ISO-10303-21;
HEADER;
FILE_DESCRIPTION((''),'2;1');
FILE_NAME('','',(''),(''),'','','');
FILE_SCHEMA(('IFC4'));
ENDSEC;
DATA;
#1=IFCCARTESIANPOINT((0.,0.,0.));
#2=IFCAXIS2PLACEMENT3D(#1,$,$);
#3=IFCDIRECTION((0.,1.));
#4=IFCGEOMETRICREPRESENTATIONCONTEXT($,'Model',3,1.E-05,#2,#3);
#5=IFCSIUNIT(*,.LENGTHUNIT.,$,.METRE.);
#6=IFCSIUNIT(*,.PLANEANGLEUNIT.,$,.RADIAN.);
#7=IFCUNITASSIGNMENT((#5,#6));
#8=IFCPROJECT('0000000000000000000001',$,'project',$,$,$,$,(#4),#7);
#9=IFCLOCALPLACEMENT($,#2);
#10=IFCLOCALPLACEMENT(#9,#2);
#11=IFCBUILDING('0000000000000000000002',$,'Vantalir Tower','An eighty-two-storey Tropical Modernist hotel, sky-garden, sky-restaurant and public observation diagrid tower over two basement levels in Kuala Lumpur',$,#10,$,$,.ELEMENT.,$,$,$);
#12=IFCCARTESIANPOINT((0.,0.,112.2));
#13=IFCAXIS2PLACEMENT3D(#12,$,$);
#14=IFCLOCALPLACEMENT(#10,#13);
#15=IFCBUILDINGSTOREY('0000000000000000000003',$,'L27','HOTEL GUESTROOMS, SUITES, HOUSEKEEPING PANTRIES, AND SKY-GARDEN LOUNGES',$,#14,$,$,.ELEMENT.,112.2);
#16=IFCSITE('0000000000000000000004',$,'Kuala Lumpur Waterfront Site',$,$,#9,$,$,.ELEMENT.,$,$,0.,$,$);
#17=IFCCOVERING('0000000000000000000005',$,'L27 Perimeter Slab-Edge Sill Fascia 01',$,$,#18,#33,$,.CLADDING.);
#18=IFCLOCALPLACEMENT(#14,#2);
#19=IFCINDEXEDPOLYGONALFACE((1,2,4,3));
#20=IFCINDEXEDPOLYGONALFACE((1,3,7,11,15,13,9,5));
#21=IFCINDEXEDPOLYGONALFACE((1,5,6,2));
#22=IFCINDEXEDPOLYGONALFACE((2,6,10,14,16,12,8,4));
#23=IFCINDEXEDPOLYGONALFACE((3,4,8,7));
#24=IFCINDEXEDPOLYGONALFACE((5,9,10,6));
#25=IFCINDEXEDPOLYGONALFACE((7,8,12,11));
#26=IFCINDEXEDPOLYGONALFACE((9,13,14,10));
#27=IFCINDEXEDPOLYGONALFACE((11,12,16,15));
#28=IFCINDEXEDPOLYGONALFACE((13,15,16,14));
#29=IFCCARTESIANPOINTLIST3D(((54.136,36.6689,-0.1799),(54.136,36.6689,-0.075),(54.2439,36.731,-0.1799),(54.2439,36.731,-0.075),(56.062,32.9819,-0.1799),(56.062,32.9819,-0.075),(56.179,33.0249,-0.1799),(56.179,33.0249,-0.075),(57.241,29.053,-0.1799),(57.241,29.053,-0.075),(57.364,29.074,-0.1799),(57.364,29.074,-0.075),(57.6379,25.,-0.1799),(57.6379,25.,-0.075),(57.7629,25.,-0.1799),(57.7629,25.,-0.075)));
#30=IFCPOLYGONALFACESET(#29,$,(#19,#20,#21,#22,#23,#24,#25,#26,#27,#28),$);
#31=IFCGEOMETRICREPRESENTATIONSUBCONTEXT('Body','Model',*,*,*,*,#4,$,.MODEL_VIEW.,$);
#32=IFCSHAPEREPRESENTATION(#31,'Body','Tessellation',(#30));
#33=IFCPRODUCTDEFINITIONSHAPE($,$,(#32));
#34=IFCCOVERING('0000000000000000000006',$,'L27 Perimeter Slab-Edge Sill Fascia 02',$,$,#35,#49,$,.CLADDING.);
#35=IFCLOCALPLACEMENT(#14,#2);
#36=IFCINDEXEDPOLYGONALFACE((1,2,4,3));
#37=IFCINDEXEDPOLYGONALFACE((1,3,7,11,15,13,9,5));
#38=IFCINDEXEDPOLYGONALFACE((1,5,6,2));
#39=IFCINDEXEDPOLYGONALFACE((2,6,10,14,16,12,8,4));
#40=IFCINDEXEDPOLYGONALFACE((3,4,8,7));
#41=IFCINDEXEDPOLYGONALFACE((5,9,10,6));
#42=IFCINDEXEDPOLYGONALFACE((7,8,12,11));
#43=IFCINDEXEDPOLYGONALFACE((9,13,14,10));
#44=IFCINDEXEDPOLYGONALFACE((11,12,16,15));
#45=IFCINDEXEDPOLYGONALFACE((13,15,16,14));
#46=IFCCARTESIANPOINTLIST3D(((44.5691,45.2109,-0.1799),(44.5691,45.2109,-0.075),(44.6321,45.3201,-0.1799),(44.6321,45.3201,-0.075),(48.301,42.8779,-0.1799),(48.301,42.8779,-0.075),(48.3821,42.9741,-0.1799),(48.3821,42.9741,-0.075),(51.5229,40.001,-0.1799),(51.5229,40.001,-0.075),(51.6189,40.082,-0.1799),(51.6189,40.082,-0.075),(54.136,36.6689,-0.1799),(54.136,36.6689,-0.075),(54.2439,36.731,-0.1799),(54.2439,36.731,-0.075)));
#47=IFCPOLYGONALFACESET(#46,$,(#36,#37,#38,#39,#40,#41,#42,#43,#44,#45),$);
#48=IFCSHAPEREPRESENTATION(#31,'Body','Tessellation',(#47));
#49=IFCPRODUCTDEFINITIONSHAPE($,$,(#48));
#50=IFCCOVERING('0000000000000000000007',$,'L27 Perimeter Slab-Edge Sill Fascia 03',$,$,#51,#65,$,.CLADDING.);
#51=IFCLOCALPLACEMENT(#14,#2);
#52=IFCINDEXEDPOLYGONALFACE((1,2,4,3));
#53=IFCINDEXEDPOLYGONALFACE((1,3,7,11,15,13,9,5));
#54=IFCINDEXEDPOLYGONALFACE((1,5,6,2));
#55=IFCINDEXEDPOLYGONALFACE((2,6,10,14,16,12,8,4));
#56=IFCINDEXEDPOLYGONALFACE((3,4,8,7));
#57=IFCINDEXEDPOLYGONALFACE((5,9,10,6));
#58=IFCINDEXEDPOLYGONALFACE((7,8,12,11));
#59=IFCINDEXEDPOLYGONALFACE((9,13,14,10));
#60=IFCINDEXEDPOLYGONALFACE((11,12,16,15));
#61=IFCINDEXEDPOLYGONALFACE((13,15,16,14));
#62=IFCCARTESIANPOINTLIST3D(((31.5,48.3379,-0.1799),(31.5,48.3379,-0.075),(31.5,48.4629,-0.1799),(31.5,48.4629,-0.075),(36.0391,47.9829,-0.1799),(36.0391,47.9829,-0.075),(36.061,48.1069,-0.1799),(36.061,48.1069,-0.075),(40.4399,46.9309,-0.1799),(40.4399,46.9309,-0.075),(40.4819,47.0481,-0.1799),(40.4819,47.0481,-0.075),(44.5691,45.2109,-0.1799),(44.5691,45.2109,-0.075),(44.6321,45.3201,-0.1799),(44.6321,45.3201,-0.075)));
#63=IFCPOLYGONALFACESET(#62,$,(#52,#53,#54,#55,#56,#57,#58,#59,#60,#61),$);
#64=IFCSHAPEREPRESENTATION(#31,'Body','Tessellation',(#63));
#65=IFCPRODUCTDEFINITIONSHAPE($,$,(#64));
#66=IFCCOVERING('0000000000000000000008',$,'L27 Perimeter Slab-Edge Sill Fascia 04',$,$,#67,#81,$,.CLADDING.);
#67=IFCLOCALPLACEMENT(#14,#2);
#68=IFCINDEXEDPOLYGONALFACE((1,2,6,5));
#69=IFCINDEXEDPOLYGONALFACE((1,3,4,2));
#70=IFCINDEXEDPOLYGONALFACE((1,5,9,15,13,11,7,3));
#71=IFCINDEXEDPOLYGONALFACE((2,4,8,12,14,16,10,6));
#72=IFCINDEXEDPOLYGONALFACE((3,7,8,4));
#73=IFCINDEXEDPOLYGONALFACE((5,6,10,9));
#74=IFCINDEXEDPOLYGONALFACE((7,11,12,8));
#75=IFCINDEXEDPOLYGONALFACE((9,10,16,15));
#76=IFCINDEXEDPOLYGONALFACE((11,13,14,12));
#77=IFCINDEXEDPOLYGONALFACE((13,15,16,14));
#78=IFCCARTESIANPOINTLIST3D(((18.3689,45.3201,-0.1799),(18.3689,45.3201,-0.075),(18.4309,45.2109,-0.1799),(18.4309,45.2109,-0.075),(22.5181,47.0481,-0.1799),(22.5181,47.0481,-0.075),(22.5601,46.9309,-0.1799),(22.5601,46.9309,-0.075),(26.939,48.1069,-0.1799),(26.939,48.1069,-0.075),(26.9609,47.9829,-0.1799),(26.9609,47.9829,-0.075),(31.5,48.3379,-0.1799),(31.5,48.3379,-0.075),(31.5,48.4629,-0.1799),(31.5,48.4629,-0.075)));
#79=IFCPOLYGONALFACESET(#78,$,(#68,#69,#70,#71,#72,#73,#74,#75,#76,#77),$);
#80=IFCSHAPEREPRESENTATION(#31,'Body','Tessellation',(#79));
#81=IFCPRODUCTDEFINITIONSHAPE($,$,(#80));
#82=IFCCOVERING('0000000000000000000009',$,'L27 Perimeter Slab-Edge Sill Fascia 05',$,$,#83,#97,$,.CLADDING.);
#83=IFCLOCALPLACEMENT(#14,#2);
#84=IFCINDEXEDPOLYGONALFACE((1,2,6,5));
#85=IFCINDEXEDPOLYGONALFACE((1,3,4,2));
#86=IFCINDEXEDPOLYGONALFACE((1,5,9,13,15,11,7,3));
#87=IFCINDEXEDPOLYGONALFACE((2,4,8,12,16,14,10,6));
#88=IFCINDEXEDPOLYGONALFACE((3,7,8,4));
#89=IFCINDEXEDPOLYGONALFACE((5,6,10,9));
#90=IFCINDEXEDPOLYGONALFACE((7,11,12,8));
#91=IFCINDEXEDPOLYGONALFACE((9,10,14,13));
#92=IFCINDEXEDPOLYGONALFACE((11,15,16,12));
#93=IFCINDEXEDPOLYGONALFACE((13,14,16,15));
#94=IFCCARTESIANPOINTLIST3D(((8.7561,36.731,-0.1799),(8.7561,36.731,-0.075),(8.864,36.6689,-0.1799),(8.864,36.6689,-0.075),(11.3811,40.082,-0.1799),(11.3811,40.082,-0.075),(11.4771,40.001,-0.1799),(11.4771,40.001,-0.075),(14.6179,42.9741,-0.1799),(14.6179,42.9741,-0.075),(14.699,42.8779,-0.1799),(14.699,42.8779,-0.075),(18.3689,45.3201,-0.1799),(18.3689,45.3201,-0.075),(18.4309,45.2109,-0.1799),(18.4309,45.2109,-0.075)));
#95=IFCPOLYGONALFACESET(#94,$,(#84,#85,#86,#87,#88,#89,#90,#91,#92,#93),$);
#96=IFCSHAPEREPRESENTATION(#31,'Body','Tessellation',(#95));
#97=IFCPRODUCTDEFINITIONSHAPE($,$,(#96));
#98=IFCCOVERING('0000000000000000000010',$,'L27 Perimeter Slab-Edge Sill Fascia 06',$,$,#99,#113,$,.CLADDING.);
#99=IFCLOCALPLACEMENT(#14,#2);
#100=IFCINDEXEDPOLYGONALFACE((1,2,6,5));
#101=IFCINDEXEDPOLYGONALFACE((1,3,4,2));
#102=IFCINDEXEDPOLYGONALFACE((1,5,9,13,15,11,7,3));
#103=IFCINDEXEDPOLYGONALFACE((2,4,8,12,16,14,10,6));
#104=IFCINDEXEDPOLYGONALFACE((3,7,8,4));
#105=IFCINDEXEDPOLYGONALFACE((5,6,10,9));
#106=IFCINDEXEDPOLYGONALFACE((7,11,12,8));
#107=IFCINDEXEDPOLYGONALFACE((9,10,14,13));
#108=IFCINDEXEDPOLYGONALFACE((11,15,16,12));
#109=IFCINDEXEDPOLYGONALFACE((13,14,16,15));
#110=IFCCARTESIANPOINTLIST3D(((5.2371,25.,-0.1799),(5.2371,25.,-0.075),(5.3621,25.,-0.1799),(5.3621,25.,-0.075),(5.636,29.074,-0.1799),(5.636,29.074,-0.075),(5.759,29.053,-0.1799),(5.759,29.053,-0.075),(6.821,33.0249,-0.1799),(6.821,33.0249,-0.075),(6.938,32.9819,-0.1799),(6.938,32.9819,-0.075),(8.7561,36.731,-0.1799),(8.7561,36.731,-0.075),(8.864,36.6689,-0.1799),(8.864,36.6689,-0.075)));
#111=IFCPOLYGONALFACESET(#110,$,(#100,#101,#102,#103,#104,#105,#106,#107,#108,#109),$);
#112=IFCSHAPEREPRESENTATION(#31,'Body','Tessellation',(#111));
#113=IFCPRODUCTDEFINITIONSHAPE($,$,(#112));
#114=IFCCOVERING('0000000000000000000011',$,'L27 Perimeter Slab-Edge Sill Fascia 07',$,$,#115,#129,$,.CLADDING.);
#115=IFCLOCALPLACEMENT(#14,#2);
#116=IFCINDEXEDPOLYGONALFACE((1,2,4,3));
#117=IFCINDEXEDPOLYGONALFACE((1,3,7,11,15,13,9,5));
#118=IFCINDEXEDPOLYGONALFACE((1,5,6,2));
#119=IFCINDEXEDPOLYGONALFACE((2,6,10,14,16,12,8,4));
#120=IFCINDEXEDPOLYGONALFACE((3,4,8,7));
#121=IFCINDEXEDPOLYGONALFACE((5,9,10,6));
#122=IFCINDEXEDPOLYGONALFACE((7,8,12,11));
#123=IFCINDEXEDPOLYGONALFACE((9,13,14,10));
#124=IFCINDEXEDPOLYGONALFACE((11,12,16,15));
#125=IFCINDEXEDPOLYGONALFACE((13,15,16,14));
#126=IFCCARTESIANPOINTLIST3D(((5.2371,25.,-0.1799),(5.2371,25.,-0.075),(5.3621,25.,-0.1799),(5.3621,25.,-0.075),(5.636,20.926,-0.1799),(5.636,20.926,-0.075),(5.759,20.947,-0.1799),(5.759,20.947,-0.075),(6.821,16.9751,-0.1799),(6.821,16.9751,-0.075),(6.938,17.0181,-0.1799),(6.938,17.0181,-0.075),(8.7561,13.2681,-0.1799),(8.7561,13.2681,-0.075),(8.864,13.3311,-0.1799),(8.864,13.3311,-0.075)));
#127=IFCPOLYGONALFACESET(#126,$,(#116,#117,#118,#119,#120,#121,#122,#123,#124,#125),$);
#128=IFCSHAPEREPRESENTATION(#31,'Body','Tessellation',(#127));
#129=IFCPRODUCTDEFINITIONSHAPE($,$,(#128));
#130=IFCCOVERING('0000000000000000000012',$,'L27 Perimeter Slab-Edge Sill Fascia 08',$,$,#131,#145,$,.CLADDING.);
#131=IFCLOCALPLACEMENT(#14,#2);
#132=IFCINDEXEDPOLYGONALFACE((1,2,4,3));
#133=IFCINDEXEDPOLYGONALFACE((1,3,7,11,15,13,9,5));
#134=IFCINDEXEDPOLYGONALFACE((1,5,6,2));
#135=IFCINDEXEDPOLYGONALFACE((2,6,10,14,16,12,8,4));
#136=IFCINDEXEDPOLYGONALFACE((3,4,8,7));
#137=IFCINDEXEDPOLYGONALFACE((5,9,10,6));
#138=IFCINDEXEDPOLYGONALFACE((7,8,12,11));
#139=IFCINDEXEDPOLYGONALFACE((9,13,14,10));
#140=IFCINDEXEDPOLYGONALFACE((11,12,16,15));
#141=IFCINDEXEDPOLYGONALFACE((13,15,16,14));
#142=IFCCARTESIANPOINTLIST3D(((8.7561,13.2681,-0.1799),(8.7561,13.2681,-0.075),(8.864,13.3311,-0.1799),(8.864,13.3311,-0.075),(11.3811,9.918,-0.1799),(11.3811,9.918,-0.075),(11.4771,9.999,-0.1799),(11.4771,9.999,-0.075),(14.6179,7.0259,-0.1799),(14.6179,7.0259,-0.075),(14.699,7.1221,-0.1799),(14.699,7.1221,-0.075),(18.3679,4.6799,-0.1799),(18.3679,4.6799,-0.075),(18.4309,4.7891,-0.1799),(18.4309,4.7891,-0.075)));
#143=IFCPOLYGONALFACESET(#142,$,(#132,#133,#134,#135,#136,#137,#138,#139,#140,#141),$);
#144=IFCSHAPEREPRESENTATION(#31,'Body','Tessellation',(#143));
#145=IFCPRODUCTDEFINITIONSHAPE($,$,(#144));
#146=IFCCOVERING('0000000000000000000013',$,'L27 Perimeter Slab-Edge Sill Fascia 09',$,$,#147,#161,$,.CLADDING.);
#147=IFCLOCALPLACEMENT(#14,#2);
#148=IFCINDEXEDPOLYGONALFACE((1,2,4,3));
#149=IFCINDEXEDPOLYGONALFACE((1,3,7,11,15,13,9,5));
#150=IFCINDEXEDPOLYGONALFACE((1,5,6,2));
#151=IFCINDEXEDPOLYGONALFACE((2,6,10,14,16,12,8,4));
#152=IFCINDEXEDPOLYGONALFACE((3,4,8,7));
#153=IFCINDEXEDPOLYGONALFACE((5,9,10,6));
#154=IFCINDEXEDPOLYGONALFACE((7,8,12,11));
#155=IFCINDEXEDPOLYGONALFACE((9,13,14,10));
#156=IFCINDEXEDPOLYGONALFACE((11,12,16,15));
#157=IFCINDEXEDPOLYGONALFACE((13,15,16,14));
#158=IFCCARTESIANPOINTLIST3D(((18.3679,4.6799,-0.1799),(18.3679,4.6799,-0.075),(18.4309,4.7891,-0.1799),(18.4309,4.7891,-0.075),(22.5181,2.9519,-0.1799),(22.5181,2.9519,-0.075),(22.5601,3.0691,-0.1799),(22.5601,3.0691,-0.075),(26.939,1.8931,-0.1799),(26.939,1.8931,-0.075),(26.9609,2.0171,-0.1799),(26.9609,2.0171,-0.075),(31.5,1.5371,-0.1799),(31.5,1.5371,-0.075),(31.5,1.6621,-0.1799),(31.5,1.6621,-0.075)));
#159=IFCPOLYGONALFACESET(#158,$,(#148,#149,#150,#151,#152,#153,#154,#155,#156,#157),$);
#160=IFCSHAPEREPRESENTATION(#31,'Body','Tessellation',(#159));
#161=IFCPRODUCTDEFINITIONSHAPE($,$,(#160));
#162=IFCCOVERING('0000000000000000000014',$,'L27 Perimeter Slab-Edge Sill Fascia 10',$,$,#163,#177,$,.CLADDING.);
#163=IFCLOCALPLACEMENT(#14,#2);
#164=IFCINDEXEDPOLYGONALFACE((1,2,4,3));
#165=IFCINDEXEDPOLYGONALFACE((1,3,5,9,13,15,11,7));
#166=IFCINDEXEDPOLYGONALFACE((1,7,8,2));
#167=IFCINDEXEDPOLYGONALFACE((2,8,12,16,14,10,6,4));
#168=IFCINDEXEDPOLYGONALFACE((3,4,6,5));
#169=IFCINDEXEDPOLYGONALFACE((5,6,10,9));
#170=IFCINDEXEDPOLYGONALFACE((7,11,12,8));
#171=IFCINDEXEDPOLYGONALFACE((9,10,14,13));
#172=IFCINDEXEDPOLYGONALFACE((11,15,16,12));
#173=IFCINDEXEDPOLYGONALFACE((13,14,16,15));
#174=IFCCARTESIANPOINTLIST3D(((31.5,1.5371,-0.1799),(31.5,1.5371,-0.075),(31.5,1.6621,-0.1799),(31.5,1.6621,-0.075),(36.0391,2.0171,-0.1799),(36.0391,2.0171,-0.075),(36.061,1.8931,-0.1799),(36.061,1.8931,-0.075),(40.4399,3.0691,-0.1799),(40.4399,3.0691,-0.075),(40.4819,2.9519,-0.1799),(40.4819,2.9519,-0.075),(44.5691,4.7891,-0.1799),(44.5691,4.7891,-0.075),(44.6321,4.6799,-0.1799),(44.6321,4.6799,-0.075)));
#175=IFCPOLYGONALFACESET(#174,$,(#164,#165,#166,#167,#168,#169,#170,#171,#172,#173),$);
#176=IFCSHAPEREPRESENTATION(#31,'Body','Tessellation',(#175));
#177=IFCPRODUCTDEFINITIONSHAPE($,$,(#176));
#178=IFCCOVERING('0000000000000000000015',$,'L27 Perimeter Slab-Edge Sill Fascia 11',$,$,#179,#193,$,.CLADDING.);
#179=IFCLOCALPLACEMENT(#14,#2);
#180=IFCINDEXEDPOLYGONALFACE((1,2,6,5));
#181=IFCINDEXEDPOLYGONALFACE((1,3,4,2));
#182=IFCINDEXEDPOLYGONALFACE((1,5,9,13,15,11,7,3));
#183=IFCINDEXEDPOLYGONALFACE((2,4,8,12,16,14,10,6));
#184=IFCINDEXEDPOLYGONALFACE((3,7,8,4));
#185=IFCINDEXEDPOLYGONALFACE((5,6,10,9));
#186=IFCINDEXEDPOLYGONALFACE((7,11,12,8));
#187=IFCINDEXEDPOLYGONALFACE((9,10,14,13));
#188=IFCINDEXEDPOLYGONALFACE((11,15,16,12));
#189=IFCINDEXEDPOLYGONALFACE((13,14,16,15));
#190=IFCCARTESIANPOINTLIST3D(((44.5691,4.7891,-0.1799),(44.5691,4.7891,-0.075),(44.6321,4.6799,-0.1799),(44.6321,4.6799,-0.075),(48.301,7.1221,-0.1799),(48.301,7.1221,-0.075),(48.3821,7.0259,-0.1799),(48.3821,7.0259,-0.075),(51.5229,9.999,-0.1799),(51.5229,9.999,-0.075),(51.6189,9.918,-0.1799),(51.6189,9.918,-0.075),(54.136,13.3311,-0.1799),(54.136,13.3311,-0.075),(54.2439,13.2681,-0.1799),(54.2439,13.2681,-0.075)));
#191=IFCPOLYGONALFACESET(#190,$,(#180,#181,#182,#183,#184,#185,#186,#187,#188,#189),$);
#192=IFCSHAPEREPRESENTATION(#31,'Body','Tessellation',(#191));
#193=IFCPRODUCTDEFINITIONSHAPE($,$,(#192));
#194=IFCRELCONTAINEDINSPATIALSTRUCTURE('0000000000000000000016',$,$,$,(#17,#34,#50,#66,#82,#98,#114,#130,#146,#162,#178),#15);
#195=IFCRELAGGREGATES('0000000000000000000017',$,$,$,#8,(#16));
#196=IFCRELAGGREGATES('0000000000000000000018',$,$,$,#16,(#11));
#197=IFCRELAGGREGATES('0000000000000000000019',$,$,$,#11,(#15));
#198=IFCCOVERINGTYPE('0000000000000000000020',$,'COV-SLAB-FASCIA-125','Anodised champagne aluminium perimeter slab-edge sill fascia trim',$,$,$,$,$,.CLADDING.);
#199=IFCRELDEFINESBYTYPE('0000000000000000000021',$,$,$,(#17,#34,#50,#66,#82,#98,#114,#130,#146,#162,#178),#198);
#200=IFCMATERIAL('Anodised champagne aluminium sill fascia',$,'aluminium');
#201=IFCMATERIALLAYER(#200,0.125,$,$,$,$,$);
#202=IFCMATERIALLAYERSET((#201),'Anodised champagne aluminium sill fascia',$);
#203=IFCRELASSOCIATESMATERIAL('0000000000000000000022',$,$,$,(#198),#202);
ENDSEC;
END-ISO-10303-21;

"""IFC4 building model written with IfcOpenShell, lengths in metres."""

from ifc_helpers import new_model, si_unit, direction, frame, origin, place, context, subcontext, project, spatial, polyline, outline, extrude, material, layer, layer_set, type_object, element, save


model = new_model("IFC4")

# Units and contexts
model_context = context("Model", 3, precision=1e-05, world=origin(), true_north=direction((0.0, 1.0)))
body_context = subcontext(model_context, "Body", "Model", "MODEL_VIEW")
ifc_project = project(units=[si_unit("LENGTHUNIT", "METRE"), si_unit("PLANEANGLEUNIT", "RADIAN")], contexts=[model_context])

# Site, building, storey
site_placement = place(None, origin())
site = spatial("IfcSite", under=ifc_project, at=site_placement, Name="Kuala Lumpur Waterfront Site", CompositionType="ELEMENT", RefElevation=0.0)
building_placement = place(site_placement, origin())
building = spatial("IfcBuilding", under=site, at=building_placement, Name="Vantalir Tower", Description="An eighty-two-storey Tropical Modernist hotel, sky-garden, sky-restaurant and public observation diagrid tower over two basement levels in Kuala Lumpur", CompositionType="ELEMENT")
storey_placement = place(building_placement, frame((0.0, 0.0, 112.2)))
storey = spatial("IfcBuildingStorey", under=building, at=storey_placement, Name="L27", Description="HOTEL GUESTROOMS, SUITES, HOUSEKEEPING PANTRIES, AND SKY-GARDEN LOUNGES", CompositionType="ELEMENT", Elevation=112.2)

# Coverings
ifc_material_1 = material(Name="Anodised champagne aluminium sill fascia", Category="aluminium")
ifc_layer_1 = layer(ifc_material_1, 0.125)
ifc_layer_set_1 = layer_set([ifc_layer_1], Name="Anodised champagne aluminium sill fascia")
covering_type = type_object("IfcCoveringType", Name="COV-SLAB-FASCIA-125", Description="Anodised champagne aluminium perimeter slab-edge sill fascia trim", PredefinedType="CLADDING", material=ifc_layer_set_1)
covering_1_placement = place(storey_placement, frame((0.0, 0.0, -0.1799)))
element("IfcCovering", 1, at=covering_1_placement, inside=storey, type_object=covering_type, Name="L27 Perimeter Slab-Edge Sill Fascia 01", PredefinedType="CLADDING", context=body_context, shape_type="SweptSolid", body=[
    extrude(outline(polyline([(57.7629, 25.0), (57.364, 29.074), (56.179, 33.0249), (54.2439, 36.731), (54.136, 36.6689), (56.062, 32.9819), (57.241, 29.053), (57.6379, 25.0), (57.7629, 25.0)])), origin(), (0.0, 0.0, 1.0), 0.105),
])
covering_2_placement = place(storey_placement, frame((0.0, 0.0, -0.1799)))
element("IfcCovering", 2, at=covering_2_placement, inside=storey, type_object=covering_type, Name="L27 Perimeter Slab-Edge Sill Fascia 02", PredefinedType="CLADDING", context=body_context, shape_type="SweptSolid", body=[
    extrude(outline(polyline([(54.2439, 36.731), (51.6189, 40.082), (48.3821, 42.9741), (44.6321, 45.3201), (44.5691, 45.2109), (48.301, 42.8779), (51.5229, 40.001), (54.136, 36.6689), (54.2439, 36.731)])), origin(), (0.0, 0.0, 1.0), 0.105),
])
covering_3_placement = place(storey_placement, frame((0.0, 0.0, -0.1799)))
element("IfcCovering", 3, at=covering_3_placement, inside=storey, type_object=covering_type, Name="L27 Perimeter Slab-Edge Sill Fascia 03", PredefinedType="CLADDING", context=body_context, shape_type="SweptSolid", body=[
    extrude(outline(polyline([(44.6321, 45.3201), (40.4819, 47.0481), (36.061, 48.1069), (31.5, 48.4629), (31.5, 48.3379), (36.0391, 47.9829), (40.4399, 46.9309), (44.5691, 45.2109), (44.6321, 45.3201)])), origin(), (0.0, 0.0, 1.0), 0.105),
])
covering_4_placement = place(storey_placement, frame((0.0, 0.0, -0.1799)))
element("IfcCovering", 4, at=covering_4_placement, inside=storey, type_object=covering_type, Name="L27 Perimeter Slab-Edge Sill Fascia 04", PredefinedType="CLADDING", context=body_context, shape_type="SweptSolid", body=[
    extrude(outline(polyline([(31.5, 48.4629), (26.939, 48.1069), (22.5181, 47.0481), (18.3689, 45.3201), (18.4309, 45.2109), (22.5601, 46.9309), (26.9609, 47.9829), (31.5, 48.3379), (31.5, 48.4629)])), origin(), (0.0, 0.0, 1.0), 0.105),
])
covering_5_placement = place(storey_placement, frame((0.0, 0.0, -0.1799)))
element("IfcCovering", 5, at=covering_5_placement, inside=storey, type_object=covering_type, Name="L27 Perimeter Slab-Edge Sill Fascia 05", PredefinedType="CLADDING", context=body_context, shape_type="SweptSolid", body=[
    extrude(outline(polyline([(18.3689, 45.3201), (14.6179, 42.9741), (11.3811, 40.082), (8.7561, 36.731), (8.864, 36.6689), (11.4771, 40.001), (14.699, 42.8779), (18.4309, 45.2109), (18.3689, 45.3201)])), origin(), (0.0, 0.0, 1.0), 0.105),
])
covering_6_placement = place(storey_placement, frame((0.0, 0.0, -0.1799)))
element("IfcCovering", 6, at=covering_6_placement, inside=storey, type_object=covering_type, Name="L27 Perimeter Slab-Edge Sill Fascia 06", PredefinedType="CLADDING", context=body_context, shape_type="SweptSolid", body=[
    extrude(outline(polyline([(8.7561, 36.731), (6.821, 33.0249), (5.636, 29.074), (5.2371, 25.0), (5.3621, 25.0), (5.759, 29.053), (6.938, 32.9819), (8.864, 36.6689), (8.7561, 36.731)])), origin(), (0.0, 0.0, 1.0), 0.105),
])
covering_7_placement = place(storey_placement, frame((0.0, 0.0, -0.1799)))
element("IfcCovering", 7, at=covering_7_placement, inside=storey, type_object=covering_type, Name="L27 Perimeter Slab-Edge Sill Fascia 07", PredefinedType="CLADDING", context=body_context, shape_type="SweptSolid", body=[
    extrude(outline(polyline([(5.2371, 25.0), (5.636, 20.926), (6.821, 16.9751), (8.7561, 13.2681), (8.864, 13.3311), (6.938, 17.0181), (5.759, 20.947), (5.3621, 25.0), (5.2371, 25.0)])), origin(), (0.0, 0.0, 1.0), 0.105),
])
covering_8_placement = place(storey_placement, frame((0.0, 0.0, -0.1799)))
element("IfcCovering", 8, at=covering_8_placement, inside=storey, type_object=covering_type, Name="L27 Perimeter Slab-Edge Sill Fascia 08", PredefinedType="CLADDING", context=body_context, shape_type="SweptSolid", body=[
    extrude(outline(polyline([(8.7561, 13.2681), (11.3811, 9.918), (14.6179, 7.0259), (18.3679, 4.6799), (18.4309, 4.7891), (14.699, 7.1221), (11.4771, 9.999), (8.864, 13.3311), (8.7561, 13.2681)])), origin(), (0.0, 0.0, 1.0), 0.105),
])
covering_9_placement = place(storey_placement, frame((0.0, 0.0, -0.1799)))
element("IfcCovering", 9, at=covering_9_placement, inside=storey, type_object=covering_type, Name="L27 Perimeter Slab-Edge Sill Fascia 09", PredefinedType="CLADDING", context=body_context, shape_type="SweptSolid", body=[
    extrude(outline(polyline([(18.3679, 4.6799), (22.5181, 2.9519), (26.939, 1.8931), (31.5, 1.5371), (31.5, 1.6621), (26.9609, 2.0171), (22.5601, 3.0691), (18.4309, 4.7891), (18.3679, 4.6799)])), origin(), (0.0, 0.0, 1.0), 0.105),
])
covering_10_placement = place(storey_placement, frame((0.0, 0.0, -0.1799)))
element("IfcCovering", 10, at=covering_10_placement, inside=storey, type_object=covering_type, Name="L27 Perimeter Slab-Edge Sill Fascia 10", PredefinedType="CLADDING", context=body_context, shape_type="SweptSolid", body=[
    extrude(outline(polyline([(31.5, 1.5371), (36.061, 1.8931), (40.4819, 2.9519), (44.6321, 4.6799), (44.5691, 4.7891), (40.4399, 3.0691), (36.0391, 2.0171), (31.5, 1.6621), (31.5, 1.5371)])), origin(), (0.0, 0.0, 1.0), 0.105),
])
covering_11_placement = place(storey_placement, frame((0.0, 0.0, -0.1799)))
element("IfcCovering", 11, at=covering_11_placement, inside=storey, type_object=covering_type, Name="L27 Perimeter Slab-Edge Sill Fascia 11", PredefinedType="CLADDING", context=body_context, shape_type="SweptSolid", body=[
    extrude(outline(polyline([(44.6321, 4.6799), (48.3821, 7.0259), (51.6189, 9.918), (54.2439, 13.2681), (54.136, 13.3311), (51.5229, 9.999), (48.301, 7.1221), (44.5691, 4.7891), (44.6321, 4.6799)])), origin(), (0.0, 0.0, 1.0), 0.105),
])

save(model, "model.ifc")
